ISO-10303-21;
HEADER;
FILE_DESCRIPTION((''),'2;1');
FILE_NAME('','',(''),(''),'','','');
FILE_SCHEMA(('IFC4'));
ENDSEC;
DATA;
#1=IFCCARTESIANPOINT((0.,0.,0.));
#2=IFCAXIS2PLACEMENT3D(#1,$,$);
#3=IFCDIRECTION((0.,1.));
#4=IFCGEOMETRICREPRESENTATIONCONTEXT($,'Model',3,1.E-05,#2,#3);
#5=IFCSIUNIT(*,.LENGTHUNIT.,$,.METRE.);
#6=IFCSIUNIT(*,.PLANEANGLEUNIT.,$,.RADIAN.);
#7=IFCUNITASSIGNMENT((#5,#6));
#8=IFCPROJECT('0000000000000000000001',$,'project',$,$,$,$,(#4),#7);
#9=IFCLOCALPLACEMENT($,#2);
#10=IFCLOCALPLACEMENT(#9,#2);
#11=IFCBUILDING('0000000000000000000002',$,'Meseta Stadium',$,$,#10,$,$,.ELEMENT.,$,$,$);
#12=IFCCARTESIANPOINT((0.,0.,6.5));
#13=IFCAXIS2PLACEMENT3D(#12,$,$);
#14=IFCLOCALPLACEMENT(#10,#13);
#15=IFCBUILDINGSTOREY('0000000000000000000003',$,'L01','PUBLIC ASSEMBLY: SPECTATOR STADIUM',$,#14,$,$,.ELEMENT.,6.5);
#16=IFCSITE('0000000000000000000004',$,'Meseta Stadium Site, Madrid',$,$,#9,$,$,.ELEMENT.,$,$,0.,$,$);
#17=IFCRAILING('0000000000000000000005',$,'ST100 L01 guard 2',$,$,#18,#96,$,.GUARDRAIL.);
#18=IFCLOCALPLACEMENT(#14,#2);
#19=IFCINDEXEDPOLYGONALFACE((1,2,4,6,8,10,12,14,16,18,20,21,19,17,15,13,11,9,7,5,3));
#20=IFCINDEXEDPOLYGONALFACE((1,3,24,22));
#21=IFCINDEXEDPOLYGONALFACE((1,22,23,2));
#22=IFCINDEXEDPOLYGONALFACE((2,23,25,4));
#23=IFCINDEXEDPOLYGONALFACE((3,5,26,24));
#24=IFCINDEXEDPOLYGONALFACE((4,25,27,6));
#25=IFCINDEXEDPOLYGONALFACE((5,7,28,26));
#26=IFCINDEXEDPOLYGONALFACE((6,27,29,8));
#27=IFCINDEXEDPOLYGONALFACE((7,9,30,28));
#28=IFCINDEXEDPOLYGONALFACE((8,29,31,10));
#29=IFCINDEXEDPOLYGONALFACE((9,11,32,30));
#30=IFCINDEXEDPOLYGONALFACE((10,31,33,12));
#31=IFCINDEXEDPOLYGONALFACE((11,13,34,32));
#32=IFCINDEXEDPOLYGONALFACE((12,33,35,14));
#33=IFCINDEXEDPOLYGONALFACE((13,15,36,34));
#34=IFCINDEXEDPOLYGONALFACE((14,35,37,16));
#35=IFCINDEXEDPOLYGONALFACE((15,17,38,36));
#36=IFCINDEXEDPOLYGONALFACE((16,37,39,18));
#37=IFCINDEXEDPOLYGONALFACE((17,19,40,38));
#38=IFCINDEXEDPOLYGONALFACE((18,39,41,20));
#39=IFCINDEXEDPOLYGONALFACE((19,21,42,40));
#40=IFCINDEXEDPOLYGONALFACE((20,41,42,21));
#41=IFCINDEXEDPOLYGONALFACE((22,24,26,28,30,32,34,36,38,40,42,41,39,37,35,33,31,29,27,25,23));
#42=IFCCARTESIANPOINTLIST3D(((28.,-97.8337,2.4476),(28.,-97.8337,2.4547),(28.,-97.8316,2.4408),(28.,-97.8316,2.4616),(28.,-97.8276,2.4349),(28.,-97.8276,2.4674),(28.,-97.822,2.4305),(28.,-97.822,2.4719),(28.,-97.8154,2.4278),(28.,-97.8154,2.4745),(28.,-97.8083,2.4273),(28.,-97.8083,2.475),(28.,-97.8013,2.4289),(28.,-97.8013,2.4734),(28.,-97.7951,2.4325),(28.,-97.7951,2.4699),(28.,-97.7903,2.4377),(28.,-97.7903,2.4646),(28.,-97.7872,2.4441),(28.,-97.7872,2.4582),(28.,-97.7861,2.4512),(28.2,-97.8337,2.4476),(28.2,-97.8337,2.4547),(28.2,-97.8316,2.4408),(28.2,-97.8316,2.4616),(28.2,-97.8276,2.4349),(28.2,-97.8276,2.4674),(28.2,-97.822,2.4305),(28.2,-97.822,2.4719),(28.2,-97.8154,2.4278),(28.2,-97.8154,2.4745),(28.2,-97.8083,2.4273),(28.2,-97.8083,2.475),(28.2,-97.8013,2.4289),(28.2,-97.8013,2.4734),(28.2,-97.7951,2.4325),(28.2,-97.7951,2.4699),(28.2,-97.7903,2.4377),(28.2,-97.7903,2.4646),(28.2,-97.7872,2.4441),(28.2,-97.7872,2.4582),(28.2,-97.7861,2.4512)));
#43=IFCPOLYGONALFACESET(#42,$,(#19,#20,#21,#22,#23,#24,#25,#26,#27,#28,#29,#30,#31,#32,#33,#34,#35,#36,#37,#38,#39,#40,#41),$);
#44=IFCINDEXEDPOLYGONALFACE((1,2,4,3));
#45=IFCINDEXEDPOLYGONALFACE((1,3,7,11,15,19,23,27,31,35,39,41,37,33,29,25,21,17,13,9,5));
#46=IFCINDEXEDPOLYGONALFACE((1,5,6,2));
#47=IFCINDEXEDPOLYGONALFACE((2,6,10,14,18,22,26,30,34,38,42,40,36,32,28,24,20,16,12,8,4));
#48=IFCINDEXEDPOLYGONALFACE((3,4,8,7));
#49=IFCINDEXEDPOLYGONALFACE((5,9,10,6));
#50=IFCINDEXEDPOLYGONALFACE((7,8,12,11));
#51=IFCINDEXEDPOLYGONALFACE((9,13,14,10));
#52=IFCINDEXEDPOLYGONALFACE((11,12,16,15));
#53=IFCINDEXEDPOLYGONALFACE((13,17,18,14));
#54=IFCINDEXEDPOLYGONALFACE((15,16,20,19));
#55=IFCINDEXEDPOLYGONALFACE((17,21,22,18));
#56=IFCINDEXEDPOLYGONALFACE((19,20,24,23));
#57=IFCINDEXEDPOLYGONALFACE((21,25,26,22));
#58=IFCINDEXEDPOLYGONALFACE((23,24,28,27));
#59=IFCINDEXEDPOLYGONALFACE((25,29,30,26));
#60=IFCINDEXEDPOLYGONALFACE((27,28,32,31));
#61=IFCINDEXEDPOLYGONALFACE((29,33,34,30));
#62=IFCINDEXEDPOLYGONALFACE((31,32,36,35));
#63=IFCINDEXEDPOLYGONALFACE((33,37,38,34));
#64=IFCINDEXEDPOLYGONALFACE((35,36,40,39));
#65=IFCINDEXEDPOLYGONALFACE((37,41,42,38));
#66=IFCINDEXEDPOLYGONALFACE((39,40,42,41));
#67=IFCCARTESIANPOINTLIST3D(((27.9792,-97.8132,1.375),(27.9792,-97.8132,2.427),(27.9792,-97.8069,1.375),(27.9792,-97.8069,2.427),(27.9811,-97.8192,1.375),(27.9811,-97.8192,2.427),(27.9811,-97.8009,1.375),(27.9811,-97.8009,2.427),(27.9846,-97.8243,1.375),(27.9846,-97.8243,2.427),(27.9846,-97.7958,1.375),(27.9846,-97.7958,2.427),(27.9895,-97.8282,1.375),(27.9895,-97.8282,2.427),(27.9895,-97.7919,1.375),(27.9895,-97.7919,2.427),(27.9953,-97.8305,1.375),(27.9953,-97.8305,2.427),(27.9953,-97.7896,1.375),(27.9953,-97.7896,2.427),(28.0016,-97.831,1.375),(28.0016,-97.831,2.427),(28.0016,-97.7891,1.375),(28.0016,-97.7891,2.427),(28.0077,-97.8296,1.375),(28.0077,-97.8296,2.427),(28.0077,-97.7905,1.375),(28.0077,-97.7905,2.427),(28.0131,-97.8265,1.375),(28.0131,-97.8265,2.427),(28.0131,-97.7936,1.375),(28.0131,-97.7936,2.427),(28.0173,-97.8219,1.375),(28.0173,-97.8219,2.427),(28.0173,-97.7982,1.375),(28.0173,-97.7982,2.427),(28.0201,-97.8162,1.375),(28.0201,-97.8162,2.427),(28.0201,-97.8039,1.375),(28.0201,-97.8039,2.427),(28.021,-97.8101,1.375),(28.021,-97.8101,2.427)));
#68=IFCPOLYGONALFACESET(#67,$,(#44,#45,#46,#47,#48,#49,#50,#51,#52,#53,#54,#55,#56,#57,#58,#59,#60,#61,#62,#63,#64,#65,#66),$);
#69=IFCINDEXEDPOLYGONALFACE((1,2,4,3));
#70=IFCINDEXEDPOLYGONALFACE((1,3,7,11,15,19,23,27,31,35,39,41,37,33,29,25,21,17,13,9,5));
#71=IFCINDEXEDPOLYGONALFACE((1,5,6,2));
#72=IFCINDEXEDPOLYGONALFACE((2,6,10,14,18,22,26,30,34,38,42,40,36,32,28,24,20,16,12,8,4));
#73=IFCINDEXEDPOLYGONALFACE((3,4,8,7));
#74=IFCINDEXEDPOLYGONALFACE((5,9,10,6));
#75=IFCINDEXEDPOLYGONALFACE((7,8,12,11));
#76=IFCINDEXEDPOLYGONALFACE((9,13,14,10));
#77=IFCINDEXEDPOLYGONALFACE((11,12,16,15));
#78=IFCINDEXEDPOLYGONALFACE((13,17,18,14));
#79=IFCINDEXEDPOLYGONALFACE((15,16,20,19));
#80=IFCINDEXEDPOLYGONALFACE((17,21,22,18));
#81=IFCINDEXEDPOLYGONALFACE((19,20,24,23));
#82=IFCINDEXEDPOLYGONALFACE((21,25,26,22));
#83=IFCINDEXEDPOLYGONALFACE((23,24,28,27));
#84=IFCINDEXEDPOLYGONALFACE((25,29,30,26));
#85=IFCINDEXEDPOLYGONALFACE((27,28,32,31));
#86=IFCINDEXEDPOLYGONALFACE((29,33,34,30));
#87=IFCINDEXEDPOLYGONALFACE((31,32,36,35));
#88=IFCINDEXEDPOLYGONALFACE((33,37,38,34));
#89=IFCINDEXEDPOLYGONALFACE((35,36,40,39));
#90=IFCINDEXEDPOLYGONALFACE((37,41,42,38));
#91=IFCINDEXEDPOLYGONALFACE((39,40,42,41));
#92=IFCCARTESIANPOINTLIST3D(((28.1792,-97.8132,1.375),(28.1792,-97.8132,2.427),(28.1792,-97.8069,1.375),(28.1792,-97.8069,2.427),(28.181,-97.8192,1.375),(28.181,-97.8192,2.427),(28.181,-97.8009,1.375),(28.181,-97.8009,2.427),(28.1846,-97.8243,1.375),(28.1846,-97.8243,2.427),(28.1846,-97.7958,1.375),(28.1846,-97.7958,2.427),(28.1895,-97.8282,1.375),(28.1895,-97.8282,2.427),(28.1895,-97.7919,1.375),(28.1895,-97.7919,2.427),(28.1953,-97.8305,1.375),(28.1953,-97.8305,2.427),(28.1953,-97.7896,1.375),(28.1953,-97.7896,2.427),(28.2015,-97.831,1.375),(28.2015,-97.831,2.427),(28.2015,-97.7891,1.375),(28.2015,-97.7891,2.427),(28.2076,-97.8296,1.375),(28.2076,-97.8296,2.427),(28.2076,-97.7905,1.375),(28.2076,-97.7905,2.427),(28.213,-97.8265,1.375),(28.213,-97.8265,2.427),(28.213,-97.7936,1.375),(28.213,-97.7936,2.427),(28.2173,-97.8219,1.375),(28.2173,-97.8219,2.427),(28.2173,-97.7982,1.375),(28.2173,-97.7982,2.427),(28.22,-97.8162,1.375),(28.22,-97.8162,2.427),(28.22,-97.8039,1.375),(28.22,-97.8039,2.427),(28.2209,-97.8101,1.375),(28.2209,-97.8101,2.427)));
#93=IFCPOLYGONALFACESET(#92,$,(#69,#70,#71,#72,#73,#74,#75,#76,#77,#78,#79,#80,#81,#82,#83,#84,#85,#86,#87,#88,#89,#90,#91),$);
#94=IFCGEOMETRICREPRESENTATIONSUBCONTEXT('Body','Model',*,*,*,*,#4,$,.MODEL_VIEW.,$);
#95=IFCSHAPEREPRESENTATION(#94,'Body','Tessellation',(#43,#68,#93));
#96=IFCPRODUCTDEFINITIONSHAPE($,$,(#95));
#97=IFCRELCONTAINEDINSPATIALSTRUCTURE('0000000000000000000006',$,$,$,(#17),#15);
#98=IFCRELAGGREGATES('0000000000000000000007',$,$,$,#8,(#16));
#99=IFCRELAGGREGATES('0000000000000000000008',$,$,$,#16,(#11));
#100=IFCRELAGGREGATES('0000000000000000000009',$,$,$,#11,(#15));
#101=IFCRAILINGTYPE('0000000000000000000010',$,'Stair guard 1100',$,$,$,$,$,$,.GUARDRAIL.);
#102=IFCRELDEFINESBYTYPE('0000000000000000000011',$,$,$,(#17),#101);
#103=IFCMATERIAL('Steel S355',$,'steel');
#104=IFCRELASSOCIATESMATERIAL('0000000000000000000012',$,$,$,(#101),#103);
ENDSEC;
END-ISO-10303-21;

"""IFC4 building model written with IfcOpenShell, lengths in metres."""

from ifc_helpers import new_model, si_unit, direction, frame, origin, origin_2d, place, context, subcontext, project, spatial, circle, extrude, material, type_object, element, save


model = new_model("IFC4")

# Units and contexts
model_context = context("Model", 3, precision=1e-05, world=origin(), true_north=direction((0.0, 1.0)))
body_context = subcontext(model_context, "Body", "Model", "MODEL_VIEW")
ifc_project = project(units=[si_unit("LENGTHUNIT", "METRE"), si_unit("PLANEANGLEUNIT", "RADIAN")], contexts=[model_context])

# Site, building, storey
site_placement = place(None, origin())
site = spatial("IfcSite", under=ifc_project, at=site_placement, Name="Meseta Stadium Site, Madrid", CompositionType="ELEMENT", RefElevation=0.0)
building_placement = place(site_placement, origin())
building = spatial("IfcBuilding", under=site, at=building_placement, Name="Meseta Stadium", CompositionType="ELEMENT")
storey_placement = place(building_placement, frame((0.0, 0.0, 6.5)))
storey = spatial("IfcBuildingStorey", under=building, at=storey_placement, Name="L01", Description="PUBLIC ASSEMBLY: SPECTATOR STADIUM", CompositionType="ELEMENT", Elevation=6.5)

# Railing
ifc_material_1 = material(Name="Steel S355", Category="steel")
railing_type = type_object("IfcRailingType", Name="Stair guard 1100", PredefinedType="GUARDRAIL", material=ifc_material_1)
railing_1_placement = place(storey_placement, frame((28.0, -97.8101, 1.375)))
element("IfcRailing", 1, at=railing_1_placement, inside=storey, type_object=railing_type, Name="ST100 L01 guard 2", PredefinedType="GUARDRAIL", context=body_context, shape_type="SweptSolid", body=[
    extrude(circle(Radius=0.0239, at=origin_2d()), frame((0.0, 0.0, 1.0762), z_axis=(1.0, 0.0, 0.0), x_axis=(0.0, 1.0, 0.0)), (0.0, 0.0, 1.0), 0.2),
    extrude(circle(Radius=0.021, at=origin_2d()), origin(), (0.0, 0.0, 1.0), 1.052),
    extrude(circle(Radius=0.021, at=origin_2d()), frame((0.2, 0.0, 0.0)), (0.0, 0.0, 1.0), 1.052),
])

save(model, "model.ifc")
